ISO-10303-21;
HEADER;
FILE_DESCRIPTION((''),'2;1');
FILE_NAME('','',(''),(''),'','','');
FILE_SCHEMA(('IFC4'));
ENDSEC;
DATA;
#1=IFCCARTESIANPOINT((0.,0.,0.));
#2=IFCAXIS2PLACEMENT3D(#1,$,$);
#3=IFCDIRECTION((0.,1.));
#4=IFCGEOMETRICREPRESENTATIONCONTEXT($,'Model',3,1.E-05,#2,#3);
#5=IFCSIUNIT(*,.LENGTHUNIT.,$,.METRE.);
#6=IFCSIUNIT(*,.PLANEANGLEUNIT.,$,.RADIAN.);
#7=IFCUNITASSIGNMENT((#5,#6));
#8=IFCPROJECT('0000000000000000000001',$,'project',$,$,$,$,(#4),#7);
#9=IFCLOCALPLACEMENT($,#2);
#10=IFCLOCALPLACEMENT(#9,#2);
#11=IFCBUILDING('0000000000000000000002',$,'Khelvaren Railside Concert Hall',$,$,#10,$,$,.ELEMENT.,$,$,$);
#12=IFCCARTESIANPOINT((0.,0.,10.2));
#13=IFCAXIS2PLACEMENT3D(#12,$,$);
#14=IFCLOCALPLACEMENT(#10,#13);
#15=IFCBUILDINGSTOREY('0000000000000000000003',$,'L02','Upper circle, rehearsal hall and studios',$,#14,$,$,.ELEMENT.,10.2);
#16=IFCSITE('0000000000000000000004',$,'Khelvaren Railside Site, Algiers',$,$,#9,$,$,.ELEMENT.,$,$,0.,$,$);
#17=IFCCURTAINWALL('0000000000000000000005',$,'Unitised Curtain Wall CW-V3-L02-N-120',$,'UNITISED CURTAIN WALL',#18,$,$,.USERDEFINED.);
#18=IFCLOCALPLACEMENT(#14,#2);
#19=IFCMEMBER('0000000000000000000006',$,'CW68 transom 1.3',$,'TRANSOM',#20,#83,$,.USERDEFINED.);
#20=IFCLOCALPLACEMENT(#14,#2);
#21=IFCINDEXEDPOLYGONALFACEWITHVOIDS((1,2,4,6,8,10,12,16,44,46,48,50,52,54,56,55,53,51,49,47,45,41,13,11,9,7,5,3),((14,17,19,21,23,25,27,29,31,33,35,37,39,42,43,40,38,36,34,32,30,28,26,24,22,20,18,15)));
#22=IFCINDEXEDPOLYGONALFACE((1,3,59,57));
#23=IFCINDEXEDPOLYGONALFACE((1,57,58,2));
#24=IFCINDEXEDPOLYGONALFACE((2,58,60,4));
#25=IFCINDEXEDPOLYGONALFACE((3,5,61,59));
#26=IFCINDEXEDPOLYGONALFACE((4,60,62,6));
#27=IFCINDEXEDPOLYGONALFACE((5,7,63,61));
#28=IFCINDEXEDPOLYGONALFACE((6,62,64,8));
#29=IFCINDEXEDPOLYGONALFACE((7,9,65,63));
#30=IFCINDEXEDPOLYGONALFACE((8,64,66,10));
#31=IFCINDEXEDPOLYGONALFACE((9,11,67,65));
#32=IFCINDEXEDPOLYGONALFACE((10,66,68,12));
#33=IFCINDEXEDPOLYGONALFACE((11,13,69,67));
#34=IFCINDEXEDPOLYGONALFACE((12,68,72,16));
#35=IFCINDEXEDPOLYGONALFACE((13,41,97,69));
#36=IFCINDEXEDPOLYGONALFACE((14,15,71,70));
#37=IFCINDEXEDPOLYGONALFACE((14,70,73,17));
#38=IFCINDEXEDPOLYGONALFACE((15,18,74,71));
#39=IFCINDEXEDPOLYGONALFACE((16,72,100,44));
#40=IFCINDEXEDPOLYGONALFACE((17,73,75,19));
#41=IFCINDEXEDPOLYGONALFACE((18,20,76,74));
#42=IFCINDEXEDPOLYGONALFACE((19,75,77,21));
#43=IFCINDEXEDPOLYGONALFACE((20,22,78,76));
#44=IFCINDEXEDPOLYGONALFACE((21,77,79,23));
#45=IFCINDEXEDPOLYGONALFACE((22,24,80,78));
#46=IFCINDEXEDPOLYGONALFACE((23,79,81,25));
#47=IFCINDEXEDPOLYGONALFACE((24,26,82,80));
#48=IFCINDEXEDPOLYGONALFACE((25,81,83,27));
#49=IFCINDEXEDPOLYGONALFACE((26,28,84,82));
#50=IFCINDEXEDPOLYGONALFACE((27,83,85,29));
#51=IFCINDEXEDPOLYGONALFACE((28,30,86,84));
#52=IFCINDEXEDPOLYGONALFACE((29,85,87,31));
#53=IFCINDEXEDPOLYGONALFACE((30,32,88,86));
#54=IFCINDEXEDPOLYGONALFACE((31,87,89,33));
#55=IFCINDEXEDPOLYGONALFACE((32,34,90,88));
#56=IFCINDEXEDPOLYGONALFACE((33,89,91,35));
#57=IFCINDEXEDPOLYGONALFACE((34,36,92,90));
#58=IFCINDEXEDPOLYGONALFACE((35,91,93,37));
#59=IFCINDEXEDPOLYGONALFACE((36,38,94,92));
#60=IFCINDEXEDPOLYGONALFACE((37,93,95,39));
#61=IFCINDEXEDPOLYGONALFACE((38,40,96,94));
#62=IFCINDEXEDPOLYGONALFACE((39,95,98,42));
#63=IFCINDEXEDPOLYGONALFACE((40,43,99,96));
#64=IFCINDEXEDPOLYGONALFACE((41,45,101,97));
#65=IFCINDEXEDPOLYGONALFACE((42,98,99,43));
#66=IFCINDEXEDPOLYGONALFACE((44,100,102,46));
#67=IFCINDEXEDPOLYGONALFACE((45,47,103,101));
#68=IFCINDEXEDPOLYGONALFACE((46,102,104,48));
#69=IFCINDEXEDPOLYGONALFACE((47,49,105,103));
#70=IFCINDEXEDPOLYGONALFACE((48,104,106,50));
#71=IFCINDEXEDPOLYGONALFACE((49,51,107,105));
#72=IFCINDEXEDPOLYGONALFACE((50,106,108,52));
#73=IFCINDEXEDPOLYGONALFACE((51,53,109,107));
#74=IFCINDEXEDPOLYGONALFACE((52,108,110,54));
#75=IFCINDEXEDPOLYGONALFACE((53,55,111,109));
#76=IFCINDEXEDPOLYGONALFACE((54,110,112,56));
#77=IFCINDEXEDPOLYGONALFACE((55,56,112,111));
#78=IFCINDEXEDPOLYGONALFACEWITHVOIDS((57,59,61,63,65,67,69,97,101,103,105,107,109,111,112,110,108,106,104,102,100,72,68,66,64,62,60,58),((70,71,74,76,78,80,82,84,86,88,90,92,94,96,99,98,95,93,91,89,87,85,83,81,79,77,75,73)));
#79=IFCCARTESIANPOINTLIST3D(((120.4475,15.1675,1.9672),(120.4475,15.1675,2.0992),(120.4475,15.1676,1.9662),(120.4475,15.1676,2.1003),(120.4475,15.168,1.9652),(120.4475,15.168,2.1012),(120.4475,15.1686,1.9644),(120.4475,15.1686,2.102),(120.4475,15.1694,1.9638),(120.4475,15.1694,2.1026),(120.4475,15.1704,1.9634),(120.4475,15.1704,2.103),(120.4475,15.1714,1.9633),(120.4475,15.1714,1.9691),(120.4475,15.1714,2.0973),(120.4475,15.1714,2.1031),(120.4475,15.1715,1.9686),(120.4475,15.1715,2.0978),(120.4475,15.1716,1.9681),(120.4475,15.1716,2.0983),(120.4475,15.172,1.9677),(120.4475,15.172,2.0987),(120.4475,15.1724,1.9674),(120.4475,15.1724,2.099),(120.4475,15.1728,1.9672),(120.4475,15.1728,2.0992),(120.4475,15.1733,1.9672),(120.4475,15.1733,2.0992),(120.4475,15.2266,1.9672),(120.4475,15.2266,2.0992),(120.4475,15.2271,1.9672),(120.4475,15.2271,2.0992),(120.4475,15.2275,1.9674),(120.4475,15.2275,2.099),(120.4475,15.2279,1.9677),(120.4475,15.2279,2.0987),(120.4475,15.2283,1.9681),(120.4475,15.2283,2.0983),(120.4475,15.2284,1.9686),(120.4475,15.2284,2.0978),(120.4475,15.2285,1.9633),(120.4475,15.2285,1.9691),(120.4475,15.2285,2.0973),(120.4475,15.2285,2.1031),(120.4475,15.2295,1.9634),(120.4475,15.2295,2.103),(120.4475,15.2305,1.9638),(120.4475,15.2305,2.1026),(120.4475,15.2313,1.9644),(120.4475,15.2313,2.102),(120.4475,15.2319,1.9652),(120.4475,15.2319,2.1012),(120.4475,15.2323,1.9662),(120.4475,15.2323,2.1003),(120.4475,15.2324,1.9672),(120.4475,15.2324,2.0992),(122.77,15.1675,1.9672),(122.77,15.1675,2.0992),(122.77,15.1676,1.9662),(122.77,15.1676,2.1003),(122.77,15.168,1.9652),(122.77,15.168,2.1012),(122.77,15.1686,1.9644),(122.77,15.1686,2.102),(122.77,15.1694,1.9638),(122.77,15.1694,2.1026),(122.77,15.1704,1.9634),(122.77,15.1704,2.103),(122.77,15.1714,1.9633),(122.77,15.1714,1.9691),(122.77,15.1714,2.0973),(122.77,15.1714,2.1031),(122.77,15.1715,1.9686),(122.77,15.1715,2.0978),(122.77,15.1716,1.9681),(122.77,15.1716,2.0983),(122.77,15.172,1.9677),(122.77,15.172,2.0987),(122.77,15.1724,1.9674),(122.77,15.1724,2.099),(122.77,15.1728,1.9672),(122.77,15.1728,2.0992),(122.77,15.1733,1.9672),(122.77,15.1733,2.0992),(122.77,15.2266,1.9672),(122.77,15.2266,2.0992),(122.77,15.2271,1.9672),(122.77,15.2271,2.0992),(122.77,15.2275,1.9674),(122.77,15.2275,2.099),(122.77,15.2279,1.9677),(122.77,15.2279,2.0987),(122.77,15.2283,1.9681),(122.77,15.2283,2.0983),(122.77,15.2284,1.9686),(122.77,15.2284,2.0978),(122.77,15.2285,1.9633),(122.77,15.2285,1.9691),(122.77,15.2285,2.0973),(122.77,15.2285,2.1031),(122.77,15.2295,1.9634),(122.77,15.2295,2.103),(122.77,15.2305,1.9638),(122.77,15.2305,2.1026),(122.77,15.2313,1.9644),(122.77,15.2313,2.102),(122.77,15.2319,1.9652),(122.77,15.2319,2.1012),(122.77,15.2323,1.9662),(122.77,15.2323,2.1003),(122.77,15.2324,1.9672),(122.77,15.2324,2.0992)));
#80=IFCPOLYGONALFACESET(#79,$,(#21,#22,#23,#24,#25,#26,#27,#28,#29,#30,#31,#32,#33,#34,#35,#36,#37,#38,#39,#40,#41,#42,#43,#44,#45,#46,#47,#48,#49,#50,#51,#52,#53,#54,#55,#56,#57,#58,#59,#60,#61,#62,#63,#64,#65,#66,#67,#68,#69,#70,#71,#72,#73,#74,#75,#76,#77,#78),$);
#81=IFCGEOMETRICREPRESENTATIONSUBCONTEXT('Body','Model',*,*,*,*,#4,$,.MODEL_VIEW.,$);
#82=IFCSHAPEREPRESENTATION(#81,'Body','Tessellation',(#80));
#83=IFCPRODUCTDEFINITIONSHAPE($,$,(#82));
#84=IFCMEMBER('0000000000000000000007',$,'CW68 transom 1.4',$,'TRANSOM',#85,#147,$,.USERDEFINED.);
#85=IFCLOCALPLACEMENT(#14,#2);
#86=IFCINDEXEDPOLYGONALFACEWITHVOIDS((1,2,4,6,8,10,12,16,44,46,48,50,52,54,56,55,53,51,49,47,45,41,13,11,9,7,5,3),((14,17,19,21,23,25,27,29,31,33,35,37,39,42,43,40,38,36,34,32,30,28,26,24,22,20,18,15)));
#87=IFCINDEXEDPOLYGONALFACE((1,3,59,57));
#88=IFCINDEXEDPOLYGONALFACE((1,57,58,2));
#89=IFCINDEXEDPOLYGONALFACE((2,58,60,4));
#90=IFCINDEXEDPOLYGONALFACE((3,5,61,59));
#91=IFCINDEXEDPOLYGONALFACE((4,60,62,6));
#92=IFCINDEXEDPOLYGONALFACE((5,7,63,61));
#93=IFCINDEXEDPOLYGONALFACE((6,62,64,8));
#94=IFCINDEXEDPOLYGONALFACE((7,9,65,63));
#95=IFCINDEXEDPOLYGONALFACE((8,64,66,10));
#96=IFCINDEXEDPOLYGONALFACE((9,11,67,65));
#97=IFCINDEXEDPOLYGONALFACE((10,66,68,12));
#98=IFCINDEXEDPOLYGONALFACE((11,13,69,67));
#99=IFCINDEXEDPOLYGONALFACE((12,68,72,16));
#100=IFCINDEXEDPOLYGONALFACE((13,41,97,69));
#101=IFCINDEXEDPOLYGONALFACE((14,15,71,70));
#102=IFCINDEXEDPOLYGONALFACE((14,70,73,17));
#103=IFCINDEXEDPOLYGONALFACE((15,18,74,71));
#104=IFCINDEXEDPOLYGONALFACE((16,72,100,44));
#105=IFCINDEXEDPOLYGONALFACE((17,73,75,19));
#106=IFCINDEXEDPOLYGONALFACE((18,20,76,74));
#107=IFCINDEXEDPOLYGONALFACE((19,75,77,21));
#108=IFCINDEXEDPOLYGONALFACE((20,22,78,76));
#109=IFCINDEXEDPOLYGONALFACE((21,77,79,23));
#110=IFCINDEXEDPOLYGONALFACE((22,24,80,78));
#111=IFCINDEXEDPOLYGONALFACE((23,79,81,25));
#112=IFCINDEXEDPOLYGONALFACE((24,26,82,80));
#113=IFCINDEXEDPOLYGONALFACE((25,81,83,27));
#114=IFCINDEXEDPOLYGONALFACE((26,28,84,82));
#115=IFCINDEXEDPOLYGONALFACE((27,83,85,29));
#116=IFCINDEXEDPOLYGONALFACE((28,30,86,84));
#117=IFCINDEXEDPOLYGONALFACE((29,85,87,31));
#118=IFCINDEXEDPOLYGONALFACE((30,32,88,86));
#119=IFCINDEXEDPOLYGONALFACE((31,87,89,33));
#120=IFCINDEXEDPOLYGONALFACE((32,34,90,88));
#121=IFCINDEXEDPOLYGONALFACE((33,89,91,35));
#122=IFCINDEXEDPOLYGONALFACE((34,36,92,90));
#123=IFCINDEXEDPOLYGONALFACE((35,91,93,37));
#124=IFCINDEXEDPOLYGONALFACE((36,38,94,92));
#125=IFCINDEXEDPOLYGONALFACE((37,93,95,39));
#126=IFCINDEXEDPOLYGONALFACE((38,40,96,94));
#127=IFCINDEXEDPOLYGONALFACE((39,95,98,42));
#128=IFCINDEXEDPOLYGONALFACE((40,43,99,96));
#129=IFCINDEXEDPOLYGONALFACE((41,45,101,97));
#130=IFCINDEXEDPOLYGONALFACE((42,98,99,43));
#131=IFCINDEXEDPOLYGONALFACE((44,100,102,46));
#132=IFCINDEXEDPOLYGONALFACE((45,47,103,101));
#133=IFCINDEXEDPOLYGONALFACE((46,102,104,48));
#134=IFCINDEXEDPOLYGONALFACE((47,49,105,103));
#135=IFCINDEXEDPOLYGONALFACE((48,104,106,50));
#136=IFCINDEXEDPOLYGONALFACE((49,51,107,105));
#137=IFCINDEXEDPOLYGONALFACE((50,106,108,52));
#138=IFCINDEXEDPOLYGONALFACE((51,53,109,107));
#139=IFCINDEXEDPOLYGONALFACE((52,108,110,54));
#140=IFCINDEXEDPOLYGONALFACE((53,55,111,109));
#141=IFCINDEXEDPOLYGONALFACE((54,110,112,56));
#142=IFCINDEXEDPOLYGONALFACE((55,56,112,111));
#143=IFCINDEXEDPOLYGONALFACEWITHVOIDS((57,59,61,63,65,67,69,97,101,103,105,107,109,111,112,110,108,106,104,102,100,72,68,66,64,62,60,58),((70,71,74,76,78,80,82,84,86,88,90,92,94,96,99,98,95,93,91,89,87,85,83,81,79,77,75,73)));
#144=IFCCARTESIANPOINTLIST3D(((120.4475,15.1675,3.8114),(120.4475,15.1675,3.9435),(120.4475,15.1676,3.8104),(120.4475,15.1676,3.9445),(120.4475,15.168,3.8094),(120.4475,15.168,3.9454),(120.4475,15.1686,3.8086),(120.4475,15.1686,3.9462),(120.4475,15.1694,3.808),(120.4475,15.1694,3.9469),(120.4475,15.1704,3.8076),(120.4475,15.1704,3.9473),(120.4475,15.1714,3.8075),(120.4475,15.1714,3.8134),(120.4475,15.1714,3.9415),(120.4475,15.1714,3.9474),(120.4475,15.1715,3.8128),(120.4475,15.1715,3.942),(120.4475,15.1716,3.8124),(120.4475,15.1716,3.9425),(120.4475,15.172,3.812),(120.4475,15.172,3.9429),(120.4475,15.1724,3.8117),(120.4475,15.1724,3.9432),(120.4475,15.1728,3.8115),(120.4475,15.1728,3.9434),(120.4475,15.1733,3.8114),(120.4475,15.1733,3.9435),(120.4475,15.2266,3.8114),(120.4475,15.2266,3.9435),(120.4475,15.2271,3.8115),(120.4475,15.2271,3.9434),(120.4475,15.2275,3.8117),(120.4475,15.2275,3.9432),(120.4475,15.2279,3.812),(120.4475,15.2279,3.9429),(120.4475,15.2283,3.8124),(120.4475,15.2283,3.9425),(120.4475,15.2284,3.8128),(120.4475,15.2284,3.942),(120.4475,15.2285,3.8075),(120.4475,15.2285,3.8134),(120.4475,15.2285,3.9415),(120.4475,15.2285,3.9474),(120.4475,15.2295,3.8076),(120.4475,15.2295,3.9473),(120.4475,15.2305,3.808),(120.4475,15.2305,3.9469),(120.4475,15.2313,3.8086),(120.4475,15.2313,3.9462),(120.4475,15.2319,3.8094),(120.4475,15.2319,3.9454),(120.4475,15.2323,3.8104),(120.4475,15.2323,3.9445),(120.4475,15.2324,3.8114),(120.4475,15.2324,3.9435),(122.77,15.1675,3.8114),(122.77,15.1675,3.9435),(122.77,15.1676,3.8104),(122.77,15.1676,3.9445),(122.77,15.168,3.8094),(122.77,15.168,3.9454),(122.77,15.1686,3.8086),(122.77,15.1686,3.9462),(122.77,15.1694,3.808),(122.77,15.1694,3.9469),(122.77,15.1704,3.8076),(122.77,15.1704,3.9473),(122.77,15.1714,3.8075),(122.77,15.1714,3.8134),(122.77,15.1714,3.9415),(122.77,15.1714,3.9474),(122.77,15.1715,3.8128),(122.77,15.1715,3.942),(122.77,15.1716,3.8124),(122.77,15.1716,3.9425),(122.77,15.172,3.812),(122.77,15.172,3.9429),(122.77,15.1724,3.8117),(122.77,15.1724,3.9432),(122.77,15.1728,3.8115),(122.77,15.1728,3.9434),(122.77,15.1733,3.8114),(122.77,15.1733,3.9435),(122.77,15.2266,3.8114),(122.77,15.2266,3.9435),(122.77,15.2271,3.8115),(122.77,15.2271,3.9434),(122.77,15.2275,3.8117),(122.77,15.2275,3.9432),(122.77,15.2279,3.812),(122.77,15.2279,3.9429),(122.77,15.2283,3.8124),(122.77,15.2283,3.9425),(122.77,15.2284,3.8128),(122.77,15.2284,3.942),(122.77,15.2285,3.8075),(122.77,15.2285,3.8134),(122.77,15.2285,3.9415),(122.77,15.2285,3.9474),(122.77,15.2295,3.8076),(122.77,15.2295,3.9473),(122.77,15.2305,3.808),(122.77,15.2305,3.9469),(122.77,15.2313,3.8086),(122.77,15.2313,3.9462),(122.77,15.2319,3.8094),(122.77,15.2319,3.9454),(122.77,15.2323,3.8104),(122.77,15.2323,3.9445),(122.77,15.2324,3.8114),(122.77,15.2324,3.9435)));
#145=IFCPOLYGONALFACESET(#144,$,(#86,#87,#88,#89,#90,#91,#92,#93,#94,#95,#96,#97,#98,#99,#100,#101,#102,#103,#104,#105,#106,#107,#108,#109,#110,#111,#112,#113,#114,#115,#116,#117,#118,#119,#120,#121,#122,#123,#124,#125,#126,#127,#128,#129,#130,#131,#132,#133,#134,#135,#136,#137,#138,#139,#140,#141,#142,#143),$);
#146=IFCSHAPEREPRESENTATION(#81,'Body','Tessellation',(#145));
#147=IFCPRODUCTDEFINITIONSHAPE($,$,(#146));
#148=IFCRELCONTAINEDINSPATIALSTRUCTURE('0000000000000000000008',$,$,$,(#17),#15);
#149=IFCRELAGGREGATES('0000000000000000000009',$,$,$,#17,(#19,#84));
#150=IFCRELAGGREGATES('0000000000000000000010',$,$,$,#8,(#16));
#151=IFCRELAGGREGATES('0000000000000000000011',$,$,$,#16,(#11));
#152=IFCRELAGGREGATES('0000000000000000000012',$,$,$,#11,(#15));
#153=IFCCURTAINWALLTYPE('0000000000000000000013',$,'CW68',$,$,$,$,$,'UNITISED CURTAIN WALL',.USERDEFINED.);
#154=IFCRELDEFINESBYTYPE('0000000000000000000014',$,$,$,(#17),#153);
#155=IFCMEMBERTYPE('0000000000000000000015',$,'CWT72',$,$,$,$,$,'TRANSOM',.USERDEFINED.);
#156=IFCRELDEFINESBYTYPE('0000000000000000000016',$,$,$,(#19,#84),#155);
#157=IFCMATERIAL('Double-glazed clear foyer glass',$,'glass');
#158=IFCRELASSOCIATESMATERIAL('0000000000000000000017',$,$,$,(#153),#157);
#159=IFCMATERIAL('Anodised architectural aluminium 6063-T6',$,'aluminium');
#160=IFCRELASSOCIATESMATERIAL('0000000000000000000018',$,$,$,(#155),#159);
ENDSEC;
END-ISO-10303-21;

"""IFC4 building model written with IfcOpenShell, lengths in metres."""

from ifc_helpers import new_model, si_unit, direction, frame, origin, origin_2d, place, context, subcontext, project, spatial, hollow_rectangle, extrude, material, material_profile, profile_set, type_object, element, aggregate, save


model = new_model("IFC4")

# Units and contexts
model_context = context("Model", 3, precision=1e-05, world=origin(), true_north=direction((0.0, 1.0)))
body_context = subcontext(model_context, "Body", "Model", "MODEL_VIEW")
ifc_project = project(units=[si_unit("LENGTHUNIT", "METRE"), si_unit("PLANEANGLEUNIT", "RADIAN")], contexts=[model_context])

# Site, building, storey
site_placement = place(None, origin())
site = spatial("IfcSite", under=ifc_project, at=site_placement, Name="Khelvaren Railside Site, Algiers", CompositionType="ELEMENT", RefElevation=0.0)
building_placement = place(site_placement, origin())
building = spatial("IfcBuilding", under=site, at=building_placement, Name="Khelvaren Railside Concert Hall", CompositionType="ELEMENT")
storey_placement = place(building_placement, frame((0.0, 0.0, 10.2)))
storey = spatial("IfcBuildingStorey", under=building, at=storey_placement, Name="L02", Description="Upper circle, rehearsal hall and studios", CompositionType="ELEMENT", Elevation=10.2)

# Curtain wall, members
ifc_material_1 = material(Name="Double-glazed clear foyer glass", Category="glass")
curtain_wall_type = type_object("IfcCurtainWallType", Name="CW68", ElementType="UNITISED CURTAIN WALL", PredefinedType="USERDEFINED", material=ifc_material_1)
curtain_wall_placement = place(storey_placement, origin())
curtain_wall = element("IfcCurtainWall", 1, at=curtain_wall_placement, inside=storey, type_object=curtain_wall_type, Name="Unitised Curtain Wall CW-V3-L02-N-120", ObjectType="UNITISED CURTAIN WALL", PredefinedType="USERDEFINED")
ifc_material_2 = material(Name="Anodised architectural aluminium 6063-T6", Category="aluminium")
ifc_material_profile_1 = material_profile(ifc_material_2, hollow_rectangle(XDim=0.0649, YDim=0.1399, WallThickness=0.0039, InnerFilletRadius=0.002, OuterFilletRadius=0.0039, at=origin_2d()), Name="CWT 65x140x4")
ifc_profile_set_1 = profile_set([ifc_material_profile_1], Name="Anodised architectural aluminium 6063-T6")
member_type_1 = type_object("IfcMemberType", Name="CWT72", ElementType="TRANSOM", PredefinedType="USERDEFINED", material=ifc_profile_set_1)
member_1_placement = place(storey_placement, frame((120.4475, 15.2, 2.0332), z_axis=(1.0, 0.0, 0.0), x_axis=(0.0, 1.0, 0.0)))
member_1 = element("IfcMember", 2, at=member_1_placement, type_object=member_type_1, Name="CW68 transom 1.3", ObjectType="TRANSOM", PredefinedType="USERDEFINED", context=body_context, shape_type="SweptSolid", body=[
    extrude(hollow_rectangle(XDim=0.0649, YDim=0.1399, WallThickness=0.0039, InnerFilletRadius=0.002, OuterFilletRadius=0.0039, at=origin_2d()), origin(), (0.0, 0.0, 1.0), 2.3225),
])
member_2_placement = place(storey_placement, frame((120.4475, 15.2, 3.8774), z_axis=(1.0, 0.0, 0.0), x_axis=(0.0, 1.0, 0.0)))
member_2 = element("IfcMember", 3, at=member_2_placement, type_object=member_type_1, Name="CW68 transom 1.4", ObjectType="TRANSOM", PredefinedType="USERDEFINED", context=body_context, shape_type="SweptSolid", body=[
    extrude(hollow_rectangle(XDim=0.0649, YDim=0.1399, WallThickness=0.0039, InnerFilletRadius=0.002, OuterFilletRadius=0.0039, at=origin_2d()), origin(), (0.0, 0.0, 1.0), 2.3225),
])
aggregate(curtain_wall, [member_1, member_2])

save(model, "model.ifc")
